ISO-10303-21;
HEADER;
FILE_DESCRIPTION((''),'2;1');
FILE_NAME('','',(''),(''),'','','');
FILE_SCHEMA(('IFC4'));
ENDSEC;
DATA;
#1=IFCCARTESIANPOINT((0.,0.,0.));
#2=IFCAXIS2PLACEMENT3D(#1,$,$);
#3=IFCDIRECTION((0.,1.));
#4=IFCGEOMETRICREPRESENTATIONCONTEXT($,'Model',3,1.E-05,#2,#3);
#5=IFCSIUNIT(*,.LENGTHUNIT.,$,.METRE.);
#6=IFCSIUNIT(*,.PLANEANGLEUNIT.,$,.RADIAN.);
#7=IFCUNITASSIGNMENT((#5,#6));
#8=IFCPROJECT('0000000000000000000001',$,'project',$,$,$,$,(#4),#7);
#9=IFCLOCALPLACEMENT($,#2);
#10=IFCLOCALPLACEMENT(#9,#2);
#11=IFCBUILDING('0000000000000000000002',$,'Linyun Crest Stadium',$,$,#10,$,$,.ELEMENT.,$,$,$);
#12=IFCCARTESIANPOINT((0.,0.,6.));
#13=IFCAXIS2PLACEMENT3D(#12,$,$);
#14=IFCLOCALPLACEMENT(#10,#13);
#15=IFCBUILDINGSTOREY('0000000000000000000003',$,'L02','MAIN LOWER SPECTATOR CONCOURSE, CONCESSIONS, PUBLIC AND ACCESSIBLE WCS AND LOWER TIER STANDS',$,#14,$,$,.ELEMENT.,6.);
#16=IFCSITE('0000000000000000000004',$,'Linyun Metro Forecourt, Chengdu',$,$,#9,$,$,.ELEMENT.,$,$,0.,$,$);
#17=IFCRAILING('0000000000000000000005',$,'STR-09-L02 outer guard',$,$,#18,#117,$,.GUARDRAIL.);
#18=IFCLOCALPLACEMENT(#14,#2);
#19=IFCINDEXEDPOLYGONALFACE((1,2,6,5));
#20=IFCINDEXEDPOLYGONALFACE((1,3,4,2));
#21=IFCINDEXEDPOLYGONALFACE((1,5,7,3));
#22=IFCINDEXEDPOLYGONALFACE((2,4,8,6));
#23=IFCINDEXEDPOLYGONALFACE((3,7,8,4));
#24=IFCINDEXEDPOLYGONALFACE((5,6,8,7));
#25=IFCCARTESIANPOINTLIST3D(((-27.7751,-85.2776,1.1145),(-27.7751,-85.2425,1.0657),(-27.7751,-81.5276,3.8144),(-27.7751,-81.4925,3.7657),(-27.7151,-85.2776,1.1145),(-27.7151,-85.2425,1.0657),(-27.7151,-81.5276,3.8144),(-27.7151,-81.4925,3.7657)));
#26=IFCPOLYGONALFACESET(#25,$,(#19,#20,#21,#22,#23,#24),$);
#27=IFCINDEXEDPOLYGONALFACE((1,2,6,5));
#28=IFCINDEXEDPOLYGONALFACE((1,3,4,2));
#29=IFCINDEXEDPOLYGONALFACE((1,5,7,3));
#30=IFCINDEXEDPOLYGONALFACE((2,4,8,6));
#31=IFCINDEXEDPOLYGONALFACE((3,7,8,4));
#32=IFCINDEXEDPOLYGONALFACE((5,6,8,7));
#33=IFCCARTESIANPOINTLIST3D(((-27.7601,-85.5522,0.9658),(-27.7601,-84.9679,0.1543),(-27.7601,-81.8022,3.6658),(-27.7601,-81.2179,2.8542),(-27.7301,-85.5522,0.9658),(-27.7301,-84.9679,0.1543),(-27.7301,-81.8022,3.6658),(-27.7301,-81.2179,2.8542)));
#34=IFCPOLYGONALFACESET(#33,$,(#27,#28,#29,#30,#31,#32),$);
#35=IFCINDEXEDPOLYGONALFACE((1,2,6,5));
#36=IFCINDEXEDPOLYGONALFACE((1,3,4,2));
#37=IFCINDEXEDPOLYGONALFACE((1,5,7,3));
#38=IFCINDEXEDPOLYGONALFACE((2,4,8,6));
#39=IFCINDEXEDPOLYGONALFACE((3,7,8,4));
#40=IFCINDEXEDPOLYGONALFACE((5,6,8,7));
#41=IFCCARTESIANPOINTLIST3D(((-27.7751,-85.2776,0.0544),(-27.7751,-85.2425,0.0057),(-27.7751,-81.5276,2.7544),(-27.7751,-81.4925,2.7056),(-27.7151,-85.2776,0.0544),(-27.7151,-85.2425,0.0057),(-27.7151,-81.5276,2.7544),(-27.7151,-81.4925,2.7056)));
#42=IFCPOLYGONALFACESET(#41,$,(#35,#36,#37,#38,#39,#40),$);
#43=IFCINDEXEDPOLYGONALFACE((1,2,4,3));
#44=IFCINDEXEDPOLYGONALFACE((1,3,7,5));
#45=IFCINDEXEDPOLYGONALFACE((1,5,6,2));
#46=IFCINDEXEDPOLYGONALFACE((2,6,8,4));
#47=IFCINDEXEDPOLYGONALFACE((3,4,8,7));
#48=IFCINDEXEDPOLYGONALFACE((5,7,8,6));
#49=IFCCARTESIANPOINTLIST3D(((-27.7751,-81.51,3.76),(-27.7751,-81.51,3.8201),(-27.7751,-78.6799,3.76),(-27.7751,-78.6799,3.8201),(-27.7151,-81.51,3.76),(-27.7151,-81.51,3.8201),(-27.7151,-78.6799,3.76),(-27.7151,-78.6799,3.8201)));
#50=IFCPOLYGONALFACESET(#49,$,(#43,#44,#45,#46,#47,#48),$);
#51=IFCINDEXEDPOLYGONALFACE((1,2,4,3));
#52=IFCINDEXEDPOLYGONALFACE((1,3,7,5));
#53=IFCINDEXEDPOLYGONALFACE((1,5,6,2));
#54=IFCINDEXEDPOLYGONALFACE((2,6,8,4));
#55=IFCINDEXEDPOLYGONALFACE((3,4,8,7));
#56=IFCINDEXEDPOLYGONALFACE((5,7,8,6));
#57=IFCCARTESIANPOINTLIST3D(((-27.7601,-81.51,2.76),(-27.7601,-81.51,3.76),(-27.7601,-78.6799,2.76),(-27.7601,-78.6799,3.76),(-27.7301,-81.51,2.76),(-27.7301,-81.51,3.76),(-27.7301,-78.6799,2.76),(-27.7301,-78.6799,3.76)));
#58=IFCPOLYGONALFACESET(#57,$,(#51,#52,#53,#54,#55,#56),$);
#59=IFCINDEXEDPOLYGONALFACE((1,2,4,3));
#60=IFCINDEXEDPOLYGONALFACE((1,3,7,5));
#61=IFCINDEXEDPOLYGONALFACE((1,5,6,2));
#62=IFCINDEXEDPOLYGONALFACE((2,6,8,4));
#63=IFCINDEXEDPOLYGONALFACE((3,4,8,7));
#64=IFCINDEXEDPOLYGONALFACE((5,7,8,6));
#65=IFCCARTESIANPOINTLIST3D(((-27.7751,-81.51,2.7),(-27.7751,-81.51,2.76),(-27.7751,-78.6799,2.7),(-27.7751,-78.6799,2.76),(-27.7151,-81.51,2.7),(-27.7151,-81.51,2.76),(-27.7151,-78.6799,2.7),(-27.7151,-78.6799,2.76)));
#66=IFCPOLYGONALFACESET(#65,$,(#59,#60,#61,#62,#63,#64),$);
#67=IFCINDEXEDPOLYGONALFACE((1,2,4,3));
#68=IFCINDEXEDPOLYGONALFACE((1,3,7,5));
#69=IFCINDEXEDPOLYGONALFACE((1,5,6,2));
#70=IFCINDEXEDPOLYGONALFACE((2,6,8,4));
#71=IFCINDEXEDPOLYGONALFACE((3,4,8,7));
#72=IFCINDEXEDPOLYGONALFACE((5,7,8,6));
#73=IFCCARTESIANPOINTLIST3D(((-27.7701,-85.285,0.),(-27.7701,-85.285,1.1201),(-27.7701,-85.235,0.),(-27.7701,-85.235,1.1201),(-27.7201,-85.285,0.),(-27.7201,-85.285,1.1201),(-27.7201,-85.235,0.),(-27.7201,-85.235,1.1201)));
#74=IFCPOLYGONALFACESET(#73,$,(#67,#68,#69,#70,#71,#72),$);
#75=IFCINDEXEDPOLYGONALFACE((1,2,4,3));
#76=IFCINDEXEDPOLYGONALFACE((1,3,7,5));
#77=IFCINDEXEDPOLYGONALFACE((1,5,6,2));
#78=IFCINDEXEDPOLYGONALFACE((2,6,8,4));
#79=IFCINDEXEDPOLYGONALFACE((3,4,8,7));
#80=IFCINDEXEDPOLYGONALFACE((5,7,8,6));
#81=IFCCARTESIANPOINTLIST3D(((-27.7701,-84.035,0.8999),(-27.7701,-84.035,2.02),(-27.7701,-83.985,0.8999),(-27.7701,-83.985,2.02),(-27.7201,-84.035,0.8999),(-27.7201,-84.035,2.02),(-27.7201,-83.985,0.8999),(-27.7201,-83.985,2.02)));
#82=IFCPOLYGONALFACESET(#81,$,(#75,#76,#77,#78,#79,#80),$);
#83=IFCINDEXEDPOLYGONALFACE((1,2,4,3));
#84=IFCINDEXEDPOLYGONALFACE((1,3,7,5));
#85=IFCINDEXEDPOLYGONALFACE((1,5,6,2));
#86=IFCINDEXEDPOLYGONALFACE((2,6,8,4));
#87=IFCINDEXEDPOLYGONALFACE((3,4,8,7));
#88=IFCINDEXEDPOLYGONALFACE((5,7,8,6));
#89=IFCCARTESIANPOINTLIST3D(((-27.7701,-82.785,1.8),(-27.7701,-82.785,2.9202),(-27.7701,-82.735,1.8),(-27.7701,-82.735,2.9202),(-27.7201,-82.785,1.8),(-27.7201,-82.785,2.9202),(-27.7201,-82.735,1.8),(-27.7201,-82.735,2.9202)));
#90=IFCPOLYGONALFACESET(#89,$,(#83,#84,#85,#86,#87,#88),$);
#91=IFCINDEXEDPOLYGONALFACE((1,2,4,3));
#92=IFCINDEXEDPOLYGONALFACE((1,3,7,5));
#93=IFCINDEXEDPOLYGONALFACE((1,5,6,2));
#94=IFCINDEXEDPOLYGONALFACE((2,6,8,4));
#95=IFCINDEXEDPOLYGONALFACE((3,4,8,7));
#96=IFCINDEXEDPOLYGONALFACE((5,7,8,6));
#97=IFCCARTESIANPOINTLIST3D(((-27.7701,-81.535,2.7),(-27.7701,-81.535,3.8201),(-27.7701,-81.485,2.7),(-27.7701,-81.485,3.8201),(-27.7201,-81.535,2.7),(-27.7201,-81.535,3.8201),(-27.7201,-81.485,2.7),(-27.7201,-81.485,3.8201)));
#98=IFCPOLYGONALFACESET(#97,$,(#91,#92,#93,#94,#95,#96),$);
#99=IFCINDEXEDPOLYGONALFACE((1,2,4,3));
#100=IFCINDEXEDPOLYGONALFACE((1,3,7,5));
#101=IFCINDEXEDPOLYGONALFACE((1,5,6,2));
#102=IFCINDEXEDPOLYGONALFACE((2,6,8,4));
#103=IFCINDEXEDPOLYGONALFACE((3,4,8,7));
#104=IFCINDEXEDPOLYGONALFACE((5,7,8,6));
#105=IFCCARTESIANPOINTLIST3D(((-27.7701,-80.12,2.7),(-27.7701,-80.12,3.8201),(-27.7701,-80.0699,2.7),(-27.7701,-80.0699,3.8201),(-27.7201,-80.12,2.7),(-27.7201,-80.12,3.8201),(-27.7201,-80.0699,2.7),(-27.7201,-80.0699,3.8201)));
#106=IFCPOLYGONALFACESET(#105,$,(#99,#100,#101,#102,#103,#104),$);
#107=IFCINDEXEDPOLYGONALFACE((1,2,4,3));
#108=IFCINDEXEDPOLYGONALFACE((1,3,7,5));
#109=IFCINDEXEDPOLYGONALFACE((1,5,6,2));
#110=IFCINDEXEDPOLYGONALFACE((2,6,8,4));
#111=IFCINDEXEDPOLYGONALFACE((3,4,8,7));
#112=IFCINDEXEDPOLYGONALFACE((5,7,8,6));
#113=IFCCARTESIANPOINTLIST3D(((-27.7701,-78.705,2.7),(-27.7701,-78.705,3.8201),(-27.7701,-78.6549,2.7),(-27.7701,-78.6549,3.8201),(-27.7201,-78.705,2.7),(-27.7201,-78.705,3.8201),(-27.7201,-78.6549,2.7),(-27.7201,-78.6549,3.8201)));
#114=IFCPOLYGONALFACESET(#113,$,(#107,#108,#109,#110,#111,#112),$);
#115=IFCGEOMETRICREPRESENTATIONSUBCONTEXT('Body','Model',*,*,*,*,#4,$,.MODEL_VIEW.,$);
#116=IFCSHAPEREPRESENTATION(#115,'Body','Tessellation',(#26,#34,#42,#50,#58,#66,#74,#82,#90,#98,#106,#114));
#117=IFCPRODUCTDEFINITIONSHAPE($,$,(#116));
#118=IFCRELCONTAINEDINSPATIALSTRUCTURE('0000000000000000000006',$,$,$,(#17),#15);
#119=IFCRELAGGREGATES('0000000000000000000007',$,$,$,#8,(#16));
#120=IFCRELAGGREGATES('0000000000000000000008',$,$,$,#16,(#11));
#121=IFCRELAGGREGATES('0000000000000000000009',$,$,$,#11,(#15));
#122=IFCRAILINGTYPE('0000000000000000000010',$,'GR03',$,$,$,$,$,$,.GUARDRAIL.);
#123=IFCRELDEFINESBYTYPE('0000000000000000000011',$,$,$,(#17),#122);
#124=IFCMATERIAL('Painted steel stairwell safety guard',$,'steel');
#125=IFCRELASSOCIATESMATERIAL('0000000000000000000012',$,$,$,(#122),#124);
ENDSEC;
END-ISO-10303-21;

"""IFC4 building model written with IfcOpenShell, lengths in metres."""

from ifc_helpers import new_model, si_unit, direction, frame, origin, origin_2d, place, context, subcontext, project, spatial, rectangle, extrude, material, type_object, element, save


model = new_model("IFC4")

# Units and contexts
model_context = context("Model", 3, precision=1e-05, world=origin(), true_north=direction((0.0, 1.0)))
body_context = subcontext(model_context, "Body", "Model", "MODEL_VIEW")
ifc_project = project(units=[si_unit("LENGTHUNIT", "METRE"), si_unit("PLANEANGLEUNIT", "RADIAN")], contexts=[model_context])

# Site, building, storey
site_placement = place(None, origin())
site = spatial("IfcSite", under=ifc_project, at=site_placement, Name="Linyun Metro Forecourt, Chengdu", CompositionType="ELEMENT", RefElevation=0.0)
building_placement = place(site_placement, origin())
building = spatial("IfcBuilding", under=site, at=building_placement, Name="Linyun Crest Stadium", CompositionType="ELEMENT")
storey_placement = place(building_placement, frame((0.0, 0.0, 6.0)))
storey = spatial("IfcBuildingStorey", under=building, at=storey_placement, Name="L02", Description="MAIN LOWER SPECTATOR CONCOURSE, CONCESSIONS, PUBLIC AND ACCESSIBLE WCS AND LOWER TIER STANDS", CompositionType="ELEMENT", Elevation=6.0)

# Railing
ifc_material_1 = material(Name="Painted steel stairwell safety guard", Category="steel")
railing_type_1 = type_object("IfcRailingType", Name="GR03", PredefinedType="GUARDRAIL", material=ifc_material_1)
railing_1_placement = place(storey_placement, frame((-27.7451, -85.26, 0.0)))
element("IfcRailing", 1, at=railing_1_placement, inside=storey, type_object=railing_type_1, Name="STR-09-L02 outer guard", PredefinedType="GUARDRAIL", context=body_context, shape_type="SweptSolid", body=[
    extrude(rectangle(XDim=0.0601, YDim=0.0601, at=origin_2d()), frame((0.0, 0.0, 1.0901), z_axis=(0.0, 0.811539, 0.584298), x_axis=(-1.0, 0.0, 0.0)), (0.0, 0.0, 1.0), 4.6208),
    extrude(rectangle(XDim=0.03, YDim=1.0, at=origin_2d()), frame((0.0, 0.0, 0.5601), z_axis=(0.0, 0.811539, 0.584298), x_axis=(-1.0, 0.0, 0.0)), (0.0, 0.0, 1.0), 4.6208),
    extrude(rectangle(XDim=0.0601, YDim=0.0601, at=origin_2d()), frame((0.0, 0.0, 0.03), z_axis=(0.0, 0.811539, 0.584298), x_axis=(-1.0, 0.0, 0.0)), (0.0, 0.0, 1.0), 4.6208),
    extrude(rectangle(XDim=0.0601, YDim=0.0601, at=origin_2d()), frame((0.0, 3.75, 3.79), z_axis=(0.0, 1.0, 0.0), x_axis=(-1.0, 0.0, 0.0)), (0.0, 0.0, 1.0), 2.8301),
    extrude(rectangle(XDim=0.03, YDim=1.0, at=origin_2d()), frame((0.0, 3.75, 3.26), z_axis=(0.0, 1.0, 0.0), x_axis=(-1.0, 0.0, 0.0)), (0.0, 0.0, 1.0), 2.8301),
    extrude(rectangle(XDim=0.0601, YDim=0.0601, at=origin_2d()), frame((0.0, 3.75, 2.73), z_axis=(0.0, 1.0, 0.0), x_axis=(-1.0, 0.0, 0.0)), (0.0, 0.0, 1.0), 2.8301),
    extrude(rectangle(XDim=0.05, YDim=0.05, at=origin_2d()), origin(), (0.0, 0.0, 1.0), 1.1201),
    extrude(rectangle(XDim=0.05, YDim=0.05, at=origin_2d()), frame((0.0, 1.25, 0.8999)), (0.0, 0.0, 1.0), 1.1201),
    extrude(rectangle(XDim=0.05, YDim=0.05, at=origin_2d()), frame((0.0, 2.5, 1.8)), (0.0, 0.0, 1.0), 1.1201),
    extrude(rectangle(XDim=0.05, YDim=0.05, at=origin_2d()), frame((0.0, 3.75, 2.7)), (0.0, 0.0, 1.0), 1.1201),
    extrude(rectangle(XDim=0.05, YDim=0.05, at=origin_2d()), frame((0.0, 5.165, 2.7)), (0.0, 0.0, 1.0), 1.1201),
    extrude(rectangle(XDim=0.05, YDim=0.05, at=origin_2d()), frame((0.0, 6.5801, 2.7)), (0.0, 0.0, 1.0), 1.1201),
])

save(model, "model.ifc")
